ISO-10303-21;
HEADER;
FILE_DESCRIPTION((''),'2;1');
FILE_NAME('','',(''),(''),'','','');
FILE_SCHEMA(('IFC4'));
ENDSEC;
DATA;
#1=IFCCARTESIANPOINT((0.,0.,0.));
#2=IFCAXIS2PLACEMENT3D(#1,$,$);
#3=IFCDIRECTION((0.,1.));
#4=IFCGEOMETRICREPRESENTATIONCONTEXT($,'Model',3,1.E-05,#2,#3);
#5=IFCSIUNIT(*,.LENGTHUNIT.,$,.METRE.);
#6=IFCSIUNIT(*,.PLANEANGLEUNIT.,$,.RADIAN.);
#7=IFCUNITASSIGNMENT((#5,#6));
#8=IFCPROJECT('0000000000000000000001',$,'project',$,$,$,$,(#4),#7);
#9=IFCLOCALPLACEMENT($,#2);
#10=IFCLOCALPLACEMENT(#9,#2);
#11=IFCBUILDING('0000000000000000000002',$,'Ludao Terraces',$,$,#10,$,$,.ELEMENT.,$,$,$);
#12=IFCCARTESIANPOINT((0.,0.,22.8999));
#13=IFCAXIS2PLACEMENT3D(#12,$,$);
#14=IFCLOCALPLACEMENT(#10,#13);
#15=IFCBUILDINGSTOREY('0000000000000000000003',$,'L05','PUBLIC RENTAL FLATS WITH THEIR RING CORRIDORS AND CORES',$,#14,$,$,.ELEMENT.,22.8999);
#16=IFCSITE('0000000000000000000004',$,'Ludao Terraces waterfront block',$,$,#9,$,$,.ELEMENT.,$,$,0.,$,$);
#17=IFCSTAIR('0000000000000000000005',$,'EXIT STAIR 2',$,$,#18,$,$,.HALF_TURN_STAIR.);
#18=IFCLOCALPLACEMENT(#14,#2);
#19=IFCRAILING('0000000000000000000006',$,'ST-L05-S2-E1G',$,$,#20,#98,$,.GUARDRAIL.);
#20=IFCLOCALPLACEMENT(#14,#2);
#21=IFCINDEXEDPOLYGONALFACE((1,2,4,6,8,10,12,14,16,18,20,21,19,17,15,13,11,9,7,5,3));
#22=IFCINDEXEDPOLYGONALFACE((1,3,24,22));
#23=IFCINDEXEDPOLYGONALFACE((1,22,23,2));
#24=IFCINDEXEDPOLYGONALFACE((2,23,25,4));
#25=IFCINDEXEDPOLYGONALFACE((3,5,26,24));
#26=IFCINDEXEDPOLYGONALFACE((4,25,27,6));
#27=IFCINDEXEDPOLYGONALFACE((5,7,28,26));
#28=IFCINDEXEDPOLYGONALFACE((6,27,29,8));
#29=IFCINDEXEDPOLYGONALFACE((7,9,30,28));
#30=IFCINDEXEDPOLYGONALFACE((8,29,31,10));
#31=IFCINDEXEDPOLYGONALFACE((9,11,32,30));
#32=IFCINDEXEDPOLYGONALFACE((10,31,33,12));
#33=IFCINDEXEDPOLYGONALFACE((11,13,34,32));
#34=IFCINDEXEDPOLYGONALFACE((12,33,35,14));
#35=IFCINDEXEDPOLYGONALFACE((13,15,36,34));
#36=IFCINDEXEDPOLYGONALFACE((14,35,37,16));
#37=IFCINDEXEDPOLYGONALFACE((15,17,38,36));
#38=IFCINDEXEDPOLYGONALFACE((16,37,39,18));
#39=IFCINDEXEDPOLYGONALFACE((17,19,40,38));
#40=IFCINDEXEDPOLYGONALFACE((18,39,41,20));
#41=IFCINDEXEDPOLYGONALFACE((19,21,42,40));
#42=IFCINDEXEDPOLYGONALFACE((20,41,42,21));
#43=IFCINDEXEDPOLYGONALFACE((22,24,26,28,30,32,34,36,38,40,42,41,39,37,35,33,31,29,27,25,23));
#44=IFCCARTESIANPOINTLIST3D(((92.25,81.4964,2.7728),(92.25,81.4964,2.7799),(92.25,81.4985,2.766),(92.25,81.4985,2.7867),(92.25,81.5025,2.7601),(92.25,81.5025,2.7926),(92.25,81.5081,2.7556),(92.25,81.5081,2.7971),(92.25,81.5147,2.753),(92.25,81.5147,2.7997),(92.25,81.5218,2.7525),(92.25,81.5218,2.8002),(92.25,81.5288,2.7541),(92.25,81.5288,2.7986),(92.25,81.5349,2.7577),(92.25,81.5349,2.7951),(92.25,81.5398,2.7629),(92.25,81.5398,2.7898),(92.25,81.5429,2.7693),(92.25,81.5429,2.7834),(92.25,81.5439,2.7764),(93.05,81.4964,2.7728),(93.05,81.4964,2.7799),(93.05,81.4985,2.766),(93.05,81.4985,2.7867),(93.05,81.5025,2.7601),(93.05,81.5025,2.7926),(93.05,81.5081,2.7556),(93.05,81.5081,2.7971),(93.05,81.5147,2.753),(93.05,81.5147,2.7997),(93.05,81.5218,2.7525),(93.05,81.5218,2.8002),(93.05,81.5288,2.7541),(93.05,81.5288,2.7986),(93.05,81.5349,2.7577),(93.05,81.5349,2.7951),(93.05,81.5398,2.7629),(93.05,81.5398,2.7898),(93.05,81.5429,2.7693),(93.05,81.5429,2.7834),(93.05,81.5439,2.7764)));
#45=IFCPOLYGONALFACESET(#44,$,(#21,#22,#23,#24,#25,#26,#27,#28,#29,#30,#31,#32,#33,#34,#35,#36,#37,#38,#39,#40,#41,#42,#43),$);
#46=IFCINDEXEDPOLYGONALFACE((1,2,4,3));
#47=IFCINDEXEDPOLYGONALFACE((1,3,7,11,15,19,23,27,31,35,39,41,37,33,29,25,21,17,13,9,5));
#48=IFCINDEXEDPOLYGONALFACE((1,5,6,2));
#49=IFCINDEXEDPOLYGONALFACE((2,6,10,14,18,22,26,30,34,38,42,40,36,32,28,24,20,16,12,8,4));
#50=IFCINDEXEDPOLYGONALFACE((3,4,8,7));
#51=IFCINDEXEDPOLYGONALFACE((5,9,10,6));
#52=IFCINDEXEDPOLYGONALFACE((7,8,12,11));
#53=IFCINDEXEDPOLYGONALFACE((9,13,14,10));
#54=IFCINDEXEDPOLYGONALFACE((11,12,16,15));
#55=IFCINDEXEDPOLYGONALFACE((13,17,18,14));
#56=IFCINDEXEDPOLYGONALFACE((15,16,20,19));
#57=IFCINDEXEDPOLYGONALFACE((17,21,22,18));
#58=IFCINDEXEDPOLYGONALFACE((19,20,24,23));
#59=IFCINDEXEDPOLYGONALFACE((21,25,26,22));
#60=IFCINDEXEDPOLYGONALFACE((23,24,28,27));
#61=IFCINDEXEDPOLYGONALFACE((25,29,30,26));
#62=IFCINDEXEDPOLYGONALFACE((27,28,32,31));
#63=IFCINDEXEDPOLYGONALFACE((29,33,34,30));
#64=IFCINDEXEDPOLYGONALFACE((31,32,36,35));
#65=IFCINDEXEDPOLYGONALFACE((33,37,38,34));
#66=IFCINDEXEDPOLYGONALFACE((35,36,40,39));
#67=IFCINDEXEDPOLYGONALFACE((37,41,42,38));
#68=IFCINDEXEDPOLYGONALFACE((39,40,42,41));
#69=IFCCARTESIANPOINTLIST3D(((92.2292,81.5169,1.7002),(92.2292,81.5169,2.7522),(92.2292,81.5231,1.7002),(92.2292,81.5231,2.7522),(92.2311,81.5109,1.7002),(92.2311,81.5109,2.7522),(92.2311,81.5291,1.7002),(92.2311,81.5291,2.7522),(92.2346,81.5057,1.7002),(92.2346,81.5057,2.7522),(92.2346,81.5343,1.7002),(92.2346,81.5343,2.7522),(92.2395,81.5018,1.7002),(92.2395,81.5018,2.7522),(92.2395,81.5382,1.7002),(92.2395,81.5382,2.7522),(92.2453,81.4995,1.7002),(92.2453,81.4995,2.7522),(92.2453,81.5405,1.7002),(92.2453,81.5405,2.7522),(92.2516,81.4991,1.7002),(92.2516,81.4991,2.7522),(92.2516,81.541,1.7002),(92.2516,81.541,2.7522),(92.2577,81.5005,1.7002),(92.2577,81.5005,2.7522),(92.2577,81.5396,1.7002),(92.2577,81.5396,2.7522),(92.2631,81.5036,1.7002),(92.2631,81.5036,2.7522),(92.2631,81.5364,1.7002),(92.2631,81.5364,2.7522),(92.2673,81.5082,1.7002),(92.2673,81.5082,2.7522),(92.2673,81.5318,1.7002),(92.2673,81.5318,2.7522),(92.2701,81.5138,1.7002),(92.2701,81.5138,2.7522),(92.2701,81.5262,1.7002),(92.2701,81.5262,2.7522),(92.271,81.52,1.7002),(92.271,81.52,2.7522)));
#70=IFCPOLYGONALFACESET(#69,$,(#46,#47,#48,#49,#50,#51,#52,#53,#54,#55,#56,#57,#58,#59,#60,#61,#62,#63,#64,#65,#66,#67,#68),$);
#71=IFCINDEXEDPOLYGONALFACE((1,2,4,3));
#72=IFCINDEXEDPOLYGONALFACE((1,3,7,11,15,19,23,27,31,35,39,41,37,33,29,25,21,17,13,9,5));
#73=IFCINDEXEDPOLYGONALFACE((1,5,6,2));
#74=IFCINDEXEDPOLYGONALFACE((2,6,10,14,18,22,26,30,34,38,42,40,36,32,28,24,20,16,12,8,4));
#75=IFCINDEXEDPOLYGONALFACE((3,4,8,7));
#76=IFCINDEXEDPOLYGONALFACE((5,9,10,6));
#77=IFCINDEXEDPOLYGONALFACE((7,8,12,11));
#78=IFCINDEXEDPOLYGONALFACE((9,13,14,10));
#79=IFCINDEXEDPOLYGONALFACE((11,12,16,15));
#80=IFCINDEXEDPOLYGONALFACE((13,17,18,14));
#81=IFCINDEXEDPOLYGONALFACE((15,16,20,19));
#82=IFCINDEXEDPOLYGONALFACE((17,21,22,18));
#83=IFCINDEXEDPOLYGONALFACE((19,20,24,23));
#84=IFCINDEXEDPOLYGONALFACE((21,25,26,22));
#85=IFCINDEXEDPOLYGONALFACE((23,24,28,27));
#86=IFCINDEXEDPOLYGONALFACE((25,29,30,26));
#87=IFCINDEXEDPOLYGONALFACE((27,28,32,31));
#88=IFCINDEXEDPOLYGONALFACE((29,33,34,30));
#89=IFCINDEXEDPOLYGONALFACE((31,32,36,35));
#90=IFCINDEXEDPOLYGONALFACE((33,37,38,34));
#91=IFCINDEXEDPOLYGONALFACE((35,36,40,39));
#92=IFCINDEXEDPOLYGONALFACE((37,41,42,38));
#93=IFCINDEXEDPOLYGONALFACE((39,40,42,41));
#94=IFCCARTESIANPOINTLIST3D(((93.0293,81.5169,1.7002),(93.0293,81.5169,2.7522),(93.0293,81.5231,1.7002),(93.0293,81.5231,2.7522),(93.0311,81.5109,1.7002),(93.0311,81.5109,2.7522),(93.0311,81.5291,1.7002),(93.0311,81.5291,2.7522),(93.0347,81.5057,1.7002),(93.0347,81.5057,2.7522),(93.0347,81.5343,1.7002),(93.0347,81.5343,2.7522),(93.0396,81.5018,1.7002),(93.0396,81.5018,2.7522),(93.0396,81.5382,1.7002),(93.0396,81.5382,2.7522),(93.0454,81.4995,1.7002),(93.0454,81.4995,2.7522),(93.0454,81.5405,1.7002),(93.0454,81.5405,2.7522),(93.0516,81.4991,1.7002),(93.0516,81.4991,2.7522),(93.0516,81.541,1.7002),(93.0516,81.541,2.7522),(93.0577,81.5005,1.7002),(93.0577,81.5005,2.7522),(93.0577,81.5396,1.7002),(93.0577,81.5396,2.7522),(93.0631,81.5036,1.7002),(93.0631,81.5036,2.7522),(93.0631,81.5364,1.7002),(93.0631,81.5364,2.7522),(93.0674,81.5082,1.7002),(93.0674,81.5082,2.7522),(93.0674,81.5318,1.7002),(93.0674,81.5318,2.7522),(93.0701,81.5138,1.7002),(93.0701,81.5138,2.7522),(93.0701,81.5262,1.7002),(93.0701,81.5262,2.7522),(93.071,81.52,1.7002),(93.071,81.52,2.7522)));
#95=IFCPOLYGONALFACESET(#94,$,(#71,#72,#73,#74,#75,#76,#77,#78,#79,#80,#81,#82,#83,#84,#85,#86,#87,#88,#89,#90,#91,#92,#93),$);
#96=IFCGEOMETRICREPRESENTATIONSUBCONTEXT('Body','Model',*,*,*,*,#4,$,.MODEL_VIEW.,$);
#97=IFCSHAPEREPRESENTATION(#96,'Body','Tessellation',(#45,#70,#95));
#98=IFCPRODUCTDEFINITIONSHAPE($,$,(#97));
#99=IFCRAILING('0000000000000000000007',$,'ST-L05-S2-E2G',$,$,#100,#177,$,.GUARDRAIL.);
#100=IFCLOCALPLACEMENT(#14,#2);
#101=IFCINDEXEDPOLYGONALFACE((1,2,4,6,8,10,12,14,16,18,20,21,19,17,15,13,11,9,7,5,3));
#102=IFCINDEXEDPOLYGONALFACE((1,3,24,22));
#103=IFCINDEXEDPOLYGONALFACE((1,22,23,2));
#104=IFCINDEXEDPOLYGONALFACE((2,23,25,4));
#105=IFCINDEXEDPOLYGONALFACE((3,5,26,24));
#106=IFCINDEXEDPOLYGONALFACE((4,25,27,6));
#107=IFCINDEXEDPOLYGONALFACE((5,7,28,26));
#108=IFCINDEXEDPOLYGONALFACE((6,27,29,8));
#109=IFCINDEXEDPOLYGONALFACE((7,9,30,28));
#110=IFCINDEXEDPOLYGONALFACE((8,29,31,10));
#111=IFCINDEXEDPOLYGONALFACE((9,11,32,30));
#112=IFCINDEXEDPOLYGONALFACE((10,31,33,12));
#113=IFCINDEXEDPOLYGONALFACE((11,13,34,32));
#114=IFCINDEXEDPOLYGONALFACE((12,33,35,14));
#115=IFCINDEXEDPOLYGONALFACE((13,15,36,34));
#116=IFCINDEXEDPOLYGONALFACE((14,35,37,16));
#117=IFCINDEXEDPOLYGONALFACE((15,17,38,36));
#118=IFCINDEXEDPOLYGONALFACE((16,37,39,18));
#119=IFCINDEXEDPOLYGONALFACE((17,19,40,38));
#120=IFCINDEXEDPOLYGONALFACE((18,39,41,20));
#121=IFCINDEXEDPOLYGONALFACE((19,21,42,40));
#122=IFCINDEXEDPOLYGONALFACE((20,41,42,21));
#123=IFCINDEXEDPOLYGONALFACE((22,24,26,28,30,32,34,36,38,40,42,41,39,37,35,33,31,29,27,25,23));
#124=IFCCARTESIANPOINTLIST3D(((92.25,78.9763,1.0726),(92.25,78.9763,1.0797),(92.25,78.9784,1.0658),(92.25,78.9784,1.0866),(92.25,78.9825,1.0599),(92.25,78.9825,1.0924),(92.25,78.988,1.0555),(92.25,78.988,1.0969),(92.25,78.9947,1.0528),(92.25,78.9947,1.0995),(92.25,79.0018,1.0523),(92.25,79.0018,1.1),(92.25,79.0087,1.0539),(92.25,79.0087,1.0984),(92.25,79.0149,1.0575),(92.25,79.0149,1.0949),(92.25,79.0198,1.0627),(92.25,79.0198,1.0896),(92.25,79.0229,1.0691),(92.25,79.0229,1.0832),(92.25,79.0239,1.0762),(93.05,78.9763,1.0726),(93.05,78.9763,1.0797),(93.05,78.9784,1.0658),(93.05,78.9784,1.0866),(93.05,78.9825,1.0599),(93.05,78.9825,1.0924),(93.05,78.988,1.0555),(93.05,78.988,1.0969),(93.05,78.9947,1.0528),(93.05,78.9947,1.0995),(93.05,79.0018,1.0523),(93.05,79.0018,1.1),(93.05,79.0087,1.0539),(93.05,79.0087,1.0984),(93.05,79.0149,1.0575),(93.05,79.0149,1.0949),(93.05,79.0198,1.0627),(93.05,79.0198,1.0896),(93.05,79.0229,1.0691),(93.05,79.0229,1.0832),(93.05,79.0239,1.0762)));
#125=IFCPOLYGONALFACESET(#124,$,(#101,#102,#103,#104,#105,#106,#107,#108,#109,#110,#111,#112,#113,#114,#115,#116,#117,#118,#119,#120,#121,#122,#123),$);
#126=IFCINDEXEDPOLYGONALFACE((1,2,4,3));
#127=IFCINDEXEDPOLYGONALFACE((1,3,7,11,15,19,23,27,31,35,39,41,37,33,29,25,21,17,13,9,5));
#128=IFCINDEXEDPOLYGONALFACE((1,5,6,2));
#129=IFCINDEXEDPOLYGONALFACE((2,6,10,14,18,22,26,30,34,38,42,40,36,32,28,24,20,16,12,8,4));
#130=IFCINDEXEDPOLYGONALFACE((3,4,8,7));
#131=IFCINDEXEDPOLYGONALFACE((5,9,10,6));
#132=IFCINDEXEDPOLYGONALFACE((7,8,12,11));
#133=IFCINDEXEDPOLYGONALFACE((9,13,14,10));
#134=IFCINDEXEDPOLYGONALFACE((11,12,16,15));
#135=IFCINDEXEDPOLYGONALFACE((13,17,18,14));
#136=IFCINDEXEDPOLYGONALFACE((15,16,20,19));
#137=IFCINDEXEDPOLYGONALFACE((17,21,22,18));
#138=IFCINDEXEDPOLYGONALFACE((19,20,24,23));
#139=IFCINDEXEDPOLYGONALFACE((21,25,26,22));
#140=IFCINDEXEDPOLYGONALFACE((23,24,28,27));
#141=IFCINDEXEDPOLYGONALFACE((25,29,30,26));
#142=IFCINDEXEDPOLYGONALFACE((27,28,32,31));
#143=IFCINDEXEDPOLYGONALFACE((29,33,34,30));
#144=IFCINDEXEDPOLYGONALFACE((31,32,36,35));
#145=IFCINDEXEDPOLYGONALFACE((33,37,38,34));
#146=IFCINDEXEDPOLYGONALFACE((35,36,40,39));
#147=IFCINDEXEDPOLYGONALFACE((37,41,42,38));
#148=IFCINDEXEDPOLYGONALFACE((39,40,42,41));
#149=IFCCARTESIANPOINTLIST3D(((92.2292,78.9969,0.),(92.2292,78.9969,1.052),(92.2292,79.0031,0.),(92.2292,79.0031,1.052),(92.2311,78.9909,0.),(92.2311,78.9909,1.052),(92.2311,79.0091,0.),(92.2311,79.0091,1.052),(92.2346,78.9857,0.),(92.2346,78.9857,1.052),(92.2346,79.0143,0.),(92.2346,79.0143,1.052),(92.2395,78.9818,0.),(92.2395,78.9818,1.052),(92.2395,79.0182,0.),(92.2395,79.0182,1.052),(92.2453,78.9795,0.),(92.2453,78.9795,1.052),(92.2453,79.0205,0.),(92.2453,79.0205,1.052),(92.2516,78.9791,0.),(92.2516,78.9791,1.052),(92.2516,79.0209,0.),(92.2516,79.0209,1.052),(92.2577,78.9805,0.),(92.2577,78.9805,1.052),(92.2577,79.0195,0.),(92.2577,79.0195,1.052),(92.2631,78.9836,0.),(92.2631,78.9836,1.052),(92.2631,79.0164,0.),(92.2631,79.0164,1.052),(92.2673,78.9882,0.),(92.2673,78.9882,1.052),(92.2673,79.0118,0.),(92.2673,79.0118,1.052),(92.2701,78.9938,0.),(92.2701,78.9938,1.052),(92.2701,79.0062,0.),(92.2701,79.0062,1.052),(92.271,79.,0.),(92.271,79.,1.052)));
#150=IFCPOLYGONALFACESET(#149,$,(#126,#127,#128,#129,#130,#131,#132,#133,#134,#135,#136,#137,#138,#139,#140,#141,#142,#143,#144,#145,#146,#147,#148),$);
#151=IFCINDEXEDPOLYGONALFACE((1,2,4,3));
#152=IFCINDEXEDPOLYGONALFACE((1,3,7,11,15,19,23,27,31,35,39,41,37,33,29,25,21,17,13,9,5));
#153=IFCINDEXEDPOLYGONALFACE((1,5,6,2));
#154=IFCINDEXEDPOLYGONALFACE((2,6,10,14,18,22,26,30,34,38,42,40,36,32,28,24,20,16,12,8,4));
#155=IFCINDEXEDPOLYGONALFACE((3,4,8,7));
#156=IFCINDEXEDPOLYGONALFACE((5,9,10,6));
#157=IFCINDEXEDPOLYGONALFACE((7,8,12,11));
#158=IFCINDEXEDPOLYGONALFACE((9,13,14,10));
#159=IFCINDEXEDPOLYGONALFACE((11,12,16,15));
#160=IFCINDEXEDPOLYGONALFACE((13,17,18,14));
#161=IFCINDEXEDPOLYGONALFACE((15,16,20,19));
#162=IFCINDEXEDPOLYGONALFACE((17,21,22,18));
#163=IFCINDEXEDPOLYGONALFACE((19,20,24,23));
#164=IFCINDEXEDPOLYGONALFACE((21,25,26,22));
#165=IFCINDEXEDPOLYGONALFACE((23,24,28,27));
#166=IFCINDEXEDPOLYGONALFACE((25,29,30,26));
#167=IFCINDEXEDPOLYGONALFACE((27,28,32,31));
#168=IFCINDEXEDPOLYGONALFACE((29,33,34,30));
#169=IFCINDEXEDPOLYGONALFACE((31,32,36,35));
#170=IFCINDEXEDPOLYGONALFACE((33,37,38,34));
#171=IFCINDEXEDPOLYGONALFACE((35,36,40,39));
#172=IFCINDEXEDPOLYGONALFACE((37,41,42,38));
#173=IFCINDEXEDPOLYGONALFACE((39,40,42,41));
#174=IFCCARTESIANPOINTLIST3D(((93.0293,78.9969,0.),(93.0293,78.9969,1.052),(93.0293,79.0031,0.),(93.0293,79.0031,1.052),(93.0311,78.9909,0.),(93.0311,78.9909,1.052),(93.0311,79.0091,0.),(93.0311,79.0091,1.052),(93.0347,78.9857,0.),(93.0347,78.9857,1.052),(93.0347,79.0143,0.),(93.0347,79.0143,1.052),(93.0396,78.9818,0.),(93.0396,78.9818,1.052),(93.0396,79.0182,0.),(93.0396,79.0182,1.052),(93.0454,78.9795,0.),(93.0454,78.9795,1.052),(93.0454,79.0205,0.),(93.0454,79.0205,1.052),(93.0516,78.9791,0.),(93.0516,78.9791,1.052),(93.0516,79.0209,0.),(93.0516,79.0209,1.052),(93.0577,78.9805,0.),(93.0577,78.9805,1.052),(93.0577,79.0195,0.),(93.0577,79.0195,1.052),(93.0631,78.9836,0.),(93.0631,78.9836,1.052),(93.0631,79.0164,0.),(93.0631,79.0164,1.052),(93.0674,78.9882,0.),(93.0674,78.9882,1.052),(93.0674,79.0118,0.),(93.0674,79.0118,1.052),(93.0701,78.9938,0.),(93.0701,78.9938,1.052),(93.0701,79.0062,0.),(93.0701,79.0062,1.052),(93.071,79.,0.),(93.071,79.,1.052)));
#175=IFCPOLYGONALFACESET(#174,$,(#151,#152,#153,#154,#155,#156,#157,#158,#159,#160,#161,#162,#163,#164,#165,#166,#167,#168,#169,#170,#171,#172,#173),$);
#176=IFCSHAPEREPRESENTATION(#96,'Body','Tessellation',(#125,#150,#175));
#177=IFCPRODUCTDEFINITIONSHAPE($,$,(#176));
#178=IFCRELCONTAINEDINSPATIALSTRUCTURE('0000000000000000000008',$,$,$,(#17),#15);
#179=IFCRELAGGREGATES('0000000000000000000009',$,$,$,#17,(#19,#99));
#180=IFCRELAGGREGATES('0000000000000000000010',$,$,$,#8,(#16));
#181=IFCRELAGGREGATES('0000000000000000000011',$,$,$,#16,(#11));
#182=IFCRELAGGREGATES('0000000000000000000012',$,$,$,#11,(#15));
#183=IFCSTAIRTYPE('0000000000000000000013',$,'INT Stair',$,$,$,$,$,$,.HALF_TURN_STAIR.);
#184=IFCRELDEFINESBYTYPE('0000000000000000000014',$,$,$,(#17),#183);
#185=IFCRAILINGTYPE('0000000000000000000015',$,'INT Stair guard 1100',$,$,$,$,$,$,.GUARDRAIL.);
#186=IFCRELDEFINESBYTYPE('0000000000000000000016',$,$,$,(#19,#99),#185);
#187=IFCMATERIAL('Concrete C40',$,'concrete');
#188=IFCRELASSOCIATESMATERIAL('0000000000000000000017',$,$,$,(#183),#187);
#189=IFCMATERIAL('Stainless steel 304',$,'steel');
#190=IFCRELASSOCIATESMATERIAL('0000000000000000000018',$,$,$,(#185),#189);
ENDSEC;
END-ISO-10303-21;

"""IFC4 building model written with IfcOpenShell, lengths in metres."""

from ifc_helpers import new_model, si_unit, direction, frame, origin, origin_2d, place, context, subcontext, project, spatial, circle, extrude, material, type_object, element, aggregate, save


model = new_model("IFC4")

# Units and contexts
model_context = context("Model", 3, precision=1e-05, world=origin(), true_north=direction((0.0, 1.0)))
body_context = subcontext(model_context, "Body", "Model", "MODEL_VIEW")
ifc_project = project(units=[si_unit("LENGTHUNIT", "METRE"), si_unit("PLANEANGLEUNIT", "RADIAN")], contexts=[model_context])

# Site, building, storey
site_placement = place(None, origin())
site = spatial("IfcSite", under=ifc_project, at=site_placement, Name="Ludao Terraces waterfront block", CompositionType="ELEMENT", RefElevation=0.0)
building_placement = place(site_placement, origin())
building = spatial("IfcBuilding", under=site, at=building_placement, Name="Ludao Terraces", CompositionType="ELEMENT")
storey_placement = place(building_placement, frame((0.0, 0.0, 22.8999)))
storey = spatial("IfcBuildingStorey", under=building, at=storey_placement, Name="L05", Description="PUBLIC RENTAL FLATS WITH THEIR RING CORRIDORS AND CORES", CompositionType="ELEMENT", Elevation=22.8999)

# Shared definitions
ifc_material_1 = material(Name="Concrete C40", Category="concrete")

# Shared definitions
ifc_material_2 = material(Name="Stainless steel 304", Category="steel")

# Stair, railings
stair_type = type_object("IfcStairType", Name="INT Stair", PredefinedType="HALF_TURN_STAIR", material=ifc_material_1)
stair_placement = place(storey_placement, origin())
stair = element("IfcStair", 1, at=stair_placement, inside=storey, type_object=stair_type, Name="EXIT STAIR 2", PredefinedType="HALF_TURN_STAIR")
railing_type_1 = type_object("IfcRailingType", Name="INT Stair guard 1100", PredefinedType="GUARDRAIL", material=ifc_material_2)
railing_1_placement = place(storey_placement, frame((92.25, 81.52, 1.7002)))
railing_1 = element("IfcRailing", 2, at=railing_1_placement, type_object=railing_type_1, Name="ST-L05-S2-E1G", PredefinedType="GUARDRAIL", context=body_context, shape_type="SweptSolid", body=[
    extrude(circle(Radius=0.0239, at=origin_2d()), frame((0.0, 0.0, 1.0762), z_axis=(1.0, 0.0, 0.0), x_axis=(0.0, 1.0, 0.0)), (0.0, 0.0, 1.0), 0.8),
    extrude(circle(Radius=0.021, at=origin_2d()), origin(), (0.0, 0.0, 1.0), 1.052),
    extrude(circle(Radius=0.021, at=origin_2d()), frame((0.8, 0.0, 0.0)), (0.0, 0.0, 1.0), 1.052),
])
railing_2_placement = place(storey_placement, frame((92.25, 79.0, 0.0)))
railing_2 = element("IfcRailing", 3, at=railing_2_placement, type_object=railing_type_1, Name="ST-L05-S2-E2G", PredefinedType="GUARDRAIL", context=body_context, shape_type="SweptSolid", body=[
    extrude(circle(Radius=0.0239, at=origin_2d()), frame((0.0, 0.0, 1.0762), z_axis=(1.0, 0.0, 0.0), x_axis=(0.0, 1.0, 0.0)), (0.0, 0.0, 1.0), 0.8),
    extrude(circle(Radius=0.021, at=origin_2d()), origin(), (0.0, 0.0, 1.0), 1.052),
    extrude(circle(Radius=0.021, at=origin_2d()), frame((0.8, 0.0, 0.0)), (0.0, 0.0, 1.0), 1.052),
])
aggregate(stair, [railing_1, railing_2])

save(model, "model.ifc")
